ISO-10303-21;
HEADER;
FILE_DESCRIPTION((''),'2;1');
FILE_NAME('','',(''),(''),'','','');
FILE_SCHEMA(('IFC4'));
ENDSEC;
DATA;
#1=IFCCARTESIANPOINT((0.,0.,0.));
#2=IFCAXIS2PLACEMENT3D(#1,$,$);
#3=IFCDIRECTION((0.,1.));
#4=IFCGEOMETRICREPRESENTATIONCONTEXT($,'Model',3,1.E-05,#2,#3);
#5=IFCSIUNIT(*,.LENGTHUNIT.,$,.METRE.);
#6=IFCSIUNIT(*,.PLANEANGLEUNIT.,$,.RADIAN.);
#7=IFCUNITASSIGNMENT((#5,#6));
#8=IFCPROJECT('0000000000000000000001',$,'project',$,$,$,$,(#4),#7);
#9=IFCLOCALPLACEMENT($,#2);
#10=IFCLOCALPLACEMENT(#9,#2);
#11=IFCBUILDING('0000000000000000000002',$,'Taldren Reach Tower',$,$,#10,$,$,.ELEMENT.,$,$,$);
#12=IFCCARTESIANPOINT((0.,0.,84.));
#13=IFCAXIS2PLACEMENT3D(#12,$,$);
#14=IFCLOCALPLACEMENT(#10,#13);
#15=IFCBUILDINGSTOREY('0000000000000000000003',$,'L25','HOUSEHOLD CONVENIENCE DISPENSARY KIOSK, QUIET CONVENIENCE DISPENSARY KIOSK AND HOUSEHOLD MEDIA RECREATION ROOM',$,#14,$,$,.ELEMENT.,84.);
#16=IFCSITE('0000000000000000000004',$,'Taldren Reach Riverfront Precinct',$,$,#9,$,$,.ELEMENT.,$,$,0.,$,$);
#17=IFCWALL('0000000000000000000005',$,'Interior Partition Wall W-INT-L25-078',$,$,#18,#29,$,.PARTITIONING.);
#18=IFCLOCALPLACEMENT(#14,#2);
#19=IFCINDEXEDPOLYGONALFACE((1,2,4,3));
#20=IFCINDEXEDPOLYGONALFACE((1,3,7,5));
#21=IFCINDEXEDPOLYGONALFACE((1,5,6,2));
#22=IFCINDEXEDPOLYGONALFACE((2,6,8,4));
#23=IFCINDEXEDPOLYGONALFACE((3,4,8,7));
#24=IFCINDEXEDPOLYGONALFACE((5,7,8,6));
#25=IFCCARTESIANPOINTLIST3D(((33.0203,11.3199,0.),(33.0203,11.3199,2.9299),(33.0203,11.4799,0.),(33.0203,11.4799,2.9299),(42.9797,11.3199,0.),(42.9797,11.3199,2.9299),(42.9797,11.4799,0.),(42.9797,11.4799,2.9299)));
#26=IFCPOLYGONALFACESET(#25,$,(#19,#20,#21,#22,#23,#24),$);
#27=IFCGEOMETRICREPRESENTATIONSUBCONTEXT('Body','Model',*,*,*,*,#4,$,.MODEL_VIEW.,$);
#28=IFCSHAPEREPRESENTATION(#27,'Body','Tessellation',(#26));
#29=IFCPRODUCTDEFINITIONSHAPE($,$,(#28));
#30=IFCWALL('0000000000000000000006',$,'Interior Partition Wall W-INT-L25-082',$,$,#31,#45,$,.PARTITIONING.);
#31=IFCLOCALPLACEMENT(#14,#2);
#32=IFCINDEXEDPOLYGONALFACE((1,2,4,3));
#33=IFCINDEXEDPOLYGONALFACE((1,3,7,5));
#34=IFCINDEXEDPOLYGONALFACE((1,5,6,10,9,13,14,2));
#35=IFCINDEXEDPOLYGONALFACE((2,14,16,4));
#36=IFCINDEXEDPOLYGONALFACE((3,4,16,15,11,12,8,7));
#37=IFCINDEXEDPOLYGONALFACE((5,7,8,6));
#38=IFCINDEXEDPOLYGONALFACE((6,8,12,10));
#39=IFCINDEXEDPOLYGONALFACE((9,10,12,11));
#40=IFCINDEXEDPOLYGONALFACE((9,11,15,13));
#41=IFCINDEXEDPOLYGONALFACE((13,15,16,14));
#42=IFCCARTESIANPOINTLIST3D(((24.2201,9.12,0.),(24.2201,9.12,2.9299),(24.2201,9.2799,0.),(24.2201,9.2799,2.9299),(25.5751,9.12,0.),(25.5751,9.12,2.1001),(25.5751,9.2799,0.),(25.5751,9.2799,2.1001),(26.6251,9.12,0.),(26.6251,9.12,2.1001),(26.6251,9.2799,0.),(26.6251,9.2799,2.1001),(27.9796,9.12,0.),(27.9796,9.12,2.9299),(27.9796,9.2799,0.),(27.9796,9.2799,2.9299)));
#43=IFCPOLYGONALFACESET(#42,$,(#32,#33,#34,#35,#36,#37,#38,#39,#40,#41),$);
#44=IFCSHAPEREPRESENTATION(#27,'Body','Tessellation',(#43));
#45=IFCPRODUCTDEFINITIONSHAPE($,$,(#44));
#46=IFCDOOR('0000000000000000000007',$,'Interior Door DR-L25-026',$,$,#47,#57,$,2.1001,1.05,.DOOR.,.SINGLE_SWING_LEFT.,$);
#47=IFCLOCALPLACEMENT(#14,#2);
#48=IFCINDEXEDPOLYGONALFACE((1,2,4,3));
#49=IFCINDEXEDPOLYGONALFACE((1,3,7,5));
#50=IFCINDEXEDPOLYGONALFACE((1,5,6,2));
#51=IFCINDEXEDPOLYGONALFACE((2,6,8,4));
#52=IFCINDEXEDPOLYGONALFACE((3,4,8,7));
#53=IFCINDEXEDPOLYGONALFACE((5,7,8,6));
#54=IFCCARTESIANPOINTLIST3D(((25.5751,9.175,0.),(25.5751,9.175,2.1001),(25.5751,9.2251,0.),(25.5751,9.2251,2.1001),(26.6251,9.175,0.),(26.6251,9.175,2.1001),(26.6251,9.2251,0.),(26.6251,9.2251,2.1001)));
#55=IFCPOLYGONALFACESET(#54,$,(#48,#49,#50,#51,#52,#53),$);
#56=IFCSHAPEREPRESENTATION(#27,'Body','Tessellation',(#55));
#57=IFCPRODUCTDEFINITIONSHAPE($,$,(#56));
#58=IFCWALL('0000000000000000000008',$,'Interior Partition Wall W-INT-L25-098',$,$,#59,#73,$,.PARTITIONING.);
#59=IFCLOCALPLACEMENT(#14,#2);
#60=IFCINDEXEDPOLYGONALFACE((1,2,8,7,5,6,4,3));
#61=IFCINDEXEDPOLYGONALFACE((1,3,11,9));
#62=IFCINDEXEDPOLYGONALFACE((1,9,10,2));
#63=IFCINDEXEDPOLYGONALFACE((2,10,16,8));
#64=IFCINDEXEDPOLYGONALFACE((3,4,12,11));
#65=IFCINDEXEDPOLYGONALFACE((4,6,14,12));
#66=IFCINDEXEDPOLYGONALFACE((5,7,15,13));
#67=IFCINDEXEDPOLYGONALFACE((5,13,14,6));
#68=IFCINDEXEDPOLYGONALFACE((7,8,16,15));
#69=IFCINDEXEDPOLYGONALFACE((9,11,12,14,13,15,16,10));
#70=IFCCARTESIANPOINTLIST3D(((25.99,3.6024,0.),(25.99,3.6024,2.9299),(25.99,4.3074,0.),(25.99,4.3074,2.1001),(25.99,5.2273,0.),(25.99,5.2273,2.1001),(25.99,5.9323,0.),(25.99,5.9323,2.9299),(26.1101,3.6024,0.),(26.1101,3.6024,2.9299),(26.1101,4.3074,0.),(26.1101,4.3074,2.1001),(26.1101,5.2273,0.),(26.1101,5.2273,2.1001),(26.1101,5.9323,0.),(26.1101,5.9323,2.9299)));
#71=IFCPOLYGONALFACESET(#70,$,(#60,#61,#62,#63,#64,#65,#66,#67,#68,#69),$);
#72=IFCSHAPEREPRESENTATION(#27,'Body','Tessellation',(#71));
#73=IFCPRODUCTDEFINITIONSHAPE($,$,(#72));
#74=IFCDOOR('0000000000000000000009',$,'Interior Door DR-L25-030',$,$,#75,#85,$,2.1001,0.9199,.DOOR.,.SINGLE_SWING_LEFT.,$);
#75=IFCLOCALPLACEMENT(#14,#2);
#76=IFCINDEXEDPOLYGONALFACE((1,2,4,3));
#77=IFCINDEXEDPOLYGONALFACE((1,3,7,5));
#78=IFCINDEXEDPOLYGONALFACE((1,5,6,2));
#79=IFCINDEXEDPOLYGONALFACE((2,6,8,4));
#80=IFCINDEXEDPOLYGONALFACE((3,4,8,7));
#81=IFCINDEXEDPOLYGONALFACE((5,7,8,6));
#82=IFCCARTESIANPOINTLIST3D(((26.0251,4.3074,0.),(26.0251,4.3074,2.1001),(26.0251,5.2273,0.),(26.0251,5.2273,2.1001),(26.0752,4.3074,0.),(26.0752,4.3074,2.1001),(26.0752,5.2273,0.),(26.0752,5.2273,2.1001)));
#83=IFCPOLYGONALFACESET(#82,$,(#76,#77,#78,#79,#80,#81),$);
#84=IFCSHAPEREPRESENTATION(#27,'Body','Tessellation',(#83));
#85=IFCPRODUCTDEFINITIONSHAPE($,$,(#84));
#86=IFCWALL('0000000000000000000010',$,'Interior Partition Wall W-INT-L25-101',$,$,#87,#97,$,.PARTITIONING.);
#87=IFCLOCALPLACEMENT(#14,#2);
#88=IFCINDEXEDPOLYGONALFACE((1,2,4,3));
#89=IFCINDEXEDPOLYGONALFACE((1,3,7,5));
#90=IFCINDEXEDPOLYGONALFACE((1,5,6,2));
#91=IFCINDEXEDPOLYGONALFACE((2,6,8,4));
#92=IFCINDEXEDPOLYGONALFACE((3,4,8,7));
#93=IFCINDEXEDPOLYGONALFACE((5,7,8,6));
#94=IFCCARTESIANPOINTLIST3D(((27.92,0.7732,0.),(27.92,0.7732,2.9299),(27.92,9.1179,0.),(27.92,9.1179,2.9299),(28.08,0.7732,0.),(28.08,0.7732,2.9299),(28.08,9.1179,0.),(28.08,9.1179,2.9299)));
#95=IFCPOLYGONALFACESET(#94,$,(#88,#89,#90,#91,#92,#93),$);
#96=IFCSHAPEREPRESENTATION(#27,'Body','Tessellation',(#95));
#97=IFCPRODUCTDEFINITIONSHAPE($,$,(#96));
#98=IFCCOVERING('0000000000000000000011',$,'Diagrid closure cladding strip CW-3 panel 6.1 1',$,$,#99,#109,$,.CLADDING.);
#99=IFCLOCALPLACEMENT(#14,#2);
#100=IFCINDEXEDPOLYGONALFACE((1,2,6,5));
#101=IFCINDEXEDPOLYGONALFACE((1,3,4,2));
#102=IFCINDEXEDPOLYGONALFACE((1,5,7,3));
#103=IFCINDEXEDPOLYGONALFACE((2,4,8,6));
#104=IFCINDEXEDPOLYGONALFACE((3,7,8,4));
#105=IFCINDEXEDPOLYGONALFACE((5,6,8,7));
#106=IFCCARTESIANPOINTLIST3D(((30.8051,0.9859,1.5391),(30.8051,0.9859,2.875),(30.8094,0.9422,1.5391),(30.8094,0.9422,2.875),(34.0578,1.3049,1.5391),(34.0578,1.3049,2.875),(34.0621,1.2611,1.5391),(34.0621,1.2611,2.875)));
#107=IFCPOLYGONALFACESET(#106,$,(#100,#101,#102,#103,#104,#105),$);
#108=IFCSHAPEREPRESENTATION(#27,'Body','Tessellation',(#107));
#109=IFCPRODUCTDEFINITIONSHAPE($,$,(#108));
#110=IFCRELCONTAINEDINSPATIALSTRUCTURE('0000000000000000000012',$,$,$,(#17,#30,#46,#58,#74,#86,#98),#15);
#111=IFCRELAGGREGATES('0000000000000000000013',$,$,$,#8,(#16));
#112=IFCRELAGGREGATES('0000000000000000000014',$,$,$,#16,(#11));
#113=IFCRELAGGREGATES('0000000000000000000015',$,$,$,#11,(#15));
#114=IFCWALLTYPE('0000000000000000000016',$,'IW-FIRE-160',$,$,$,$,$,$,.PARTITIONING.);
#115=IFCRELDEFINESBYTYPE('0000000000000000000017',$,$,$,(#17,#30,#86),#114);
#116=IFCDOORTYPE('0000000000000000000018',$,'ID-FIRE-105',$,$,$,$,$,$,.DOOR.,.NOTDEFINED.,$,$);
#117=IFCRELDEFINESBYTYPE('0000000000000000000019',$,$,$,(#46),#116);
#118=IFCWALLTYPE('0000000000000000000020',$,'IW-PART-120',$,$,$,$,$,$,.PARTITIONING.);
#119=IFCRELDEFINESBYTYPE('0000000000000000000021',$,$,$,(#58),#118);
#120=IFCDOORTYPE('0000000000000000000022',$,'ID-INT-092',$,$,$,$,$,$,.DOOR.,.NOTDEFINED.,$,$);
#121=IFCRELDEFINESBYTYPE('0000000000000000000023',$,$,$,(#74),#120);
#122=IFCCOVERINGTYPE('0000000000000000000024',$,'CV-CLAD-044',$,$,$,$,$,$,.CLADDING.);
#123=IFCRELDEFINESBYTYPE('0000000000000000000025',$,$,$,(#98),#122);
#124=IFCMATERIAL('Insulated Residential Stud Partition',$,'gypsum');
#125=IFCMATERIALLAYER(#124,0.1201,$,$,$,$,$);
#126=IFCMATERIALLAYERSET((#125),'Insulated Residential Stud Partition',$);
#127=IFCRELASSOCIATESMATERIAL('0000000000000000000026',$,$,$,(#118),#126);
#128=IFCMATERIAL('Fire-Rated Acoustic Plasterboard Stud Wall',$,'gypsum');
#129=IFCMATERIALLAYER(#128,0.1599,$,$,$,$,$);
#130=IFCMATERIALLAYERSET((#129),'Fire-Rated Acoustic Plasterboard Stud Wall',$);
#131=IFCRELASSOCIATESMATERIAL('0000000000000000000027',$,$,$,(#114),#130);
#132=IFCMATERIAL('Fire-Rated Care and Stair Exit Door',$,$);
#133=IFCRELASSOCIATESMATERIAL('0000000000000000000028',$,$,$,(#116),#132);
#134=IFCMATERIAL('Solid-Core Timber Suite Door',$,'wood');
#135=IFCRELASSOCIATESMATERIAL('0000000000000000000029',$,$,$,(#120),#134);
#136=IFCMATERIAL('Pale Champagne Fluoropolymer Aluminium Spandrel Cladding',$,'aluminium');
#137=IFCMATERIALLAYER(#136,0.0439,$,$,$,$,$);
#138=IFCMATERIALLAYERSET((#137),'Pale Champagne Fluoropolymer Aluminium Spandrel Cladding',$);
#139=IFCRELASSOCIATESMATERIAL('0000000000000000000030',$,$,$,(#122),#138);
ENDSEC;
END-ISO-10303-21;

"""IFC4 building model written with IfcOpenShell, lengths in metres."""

from ifc_helpers import new_model, si_unit, direction, frame, frame_2d, origin, origin_2d, place, context, subcontext, project, spatial, rectangle, extrude, source, transform, mapped, material, layer, layer_set, type_object, element, fill, save


model = new_model("IFC4")

# Units and contexts
model_context = context("Model", 3, precision=1e-05, world=origin(), true_north=direction((0.0, 1.0)))
body_context = subcontext(model_context, "Body", "Model", "MODEL_VIEW")
ifc_project = project(units=[si_unit("LENGTHUNIT", "METRE"), si_unit("PLANEANGLEUNIT", "RADIAN")], contexts=[model_context])

# Site, building, storey
site_placement = place(None, origin())
site = spatial("IfcSite", under=ifc_project, at=site_placement, Name="Taldren Reach Riverfront Precinct", CompositionType="ELEMENT", RefElevation=0.0)
building_placement = place(site_placement, origin())
building = spatial("IfcBuilding", under=site, at=building_placement, Name="Taldren Reach Tower", CompositionType="ELEMENT")
storey_placement = place(building_placement, frame((0.0, 0.0, 84.0)))
storey = spatial("IfcBuildingStorey", under=building, at=storey_placement, Name="L25", Description="HOUSEHOLD CONVENIENCE DISPENSARY KIOSK, QUIET CONVENIENCE DISPENSARY KIOSK AND HOUSEHOLD MEDIA RECREATION ROOM", CompositionType="ELEMENT", Elevation=84.0)

# Wall
ifc_material_1 = material(Name="Insulated Residential Stud Partition", Category="gypsum")
ifc_layer_1 = layer(ifc_material_1, 0.1201)
ifc_layer_set_1 = layer_set([ifc_layer_1], Name="Insulated Residential Stud Partition")
wall_type_1 = type_object("IfcWallType", Name="IW-PART-120", PredefinedType="PARTITIONING", material=ifc_layer_set_1)
ifc_material_2 = material(Name="Fire-Rated Acoustic Plasterboard Stud Wall", Category="gypsum")
ifc_layer_2 = layer(ifc_material_2, 0.1599)
ifc_layer_set_2 = layer_set([ifc_layer_2], Name="Fire-Rated Acoustic Plasterboard Stud Wall")
wall_type_2 = type_object("IfcWallType", Name="IW-FIRE-160", PredefinedType="PARTITIONING", material=ifc_layer_set_2)
shared_shape_1 = source(origin(), body_context, "Body", "SweptSolid", [
    extrude(rectangle(XDim=9.9595, YDim=0.1599, at=frame_2d((4.9797, 0.0))), origin(), (0.0, 0.0, 1.0), 2.9299),
])
wall_1_placement = place(storey_placement, frame((33.0203, 11.3999, 0.0), z_axis=(0.0, 0.0, 1.0), x_axis=(1.0, 0.0, 0.0)))
element("IfcWall", 1, at=wall_1_placement, inside=storey, type_object=wall_type_2, Name="Interior Partition Wall W-INT-L25-078", PredefinedType="PARTITIONING", context=body_context, shape_type="MappedRepresentation", body=[
    mapped(shared_shape_1, transform((0.0, 0.0, 0.0), scale=1.0)),
])

# Walls, openings, doors
shared_shape_2 = source(origin(), body_context, "Body", "SweptSolid", [
    extrude(rectangle(XDim=3.7595, YDim=0.1599, at=frame_2d((1.8799, 0.0))), origin(), (0.0, 0.0, 1.0), 2.9299),
])
wall_2_placement = place(storey_placement, frame((27.9797, 9.2, 0.0), z_axis=(0.0, 0.0, 1.0), x_axis=(-1.0, 0.0, 0.0)))
wall_2 = element("IfcWall", 2, at=wall_2_placement, inside=storey, type_object=wall_type_2, Name="Interior Partition Wall W-INT-L25-082", PredefinedType="PARTITIONING", context=body_context, shape_type="MappedRepresentation", body=[
    mapped(shared_shape_2, transform((0.0, 0.0, 0.0), scale=1.0)),
])
shared_shape_3 = source(origin(), body_context, "Body", "SweptSolid", [
    extrude(rectangle(XDim=1.05, YDim=2.1001, at=frame_2d((0.5249, 1.05))), frame((0.0, 0.0898, 0.0), z_axis=(0.0, -1.0, 0.0), x_axis=(1.0, 0.0, 0.0)), (0.0, 0.0, 1.0), 0.1799),
])
opening_1_placement = place(wall_2_placement, frame((1.3547, 0.0, 0.0)))
opening_1 = element("IfcOpeningElement", 3, at=opening_1_placement, cuts=wall_2, PredefinedType="OPENING", context=body_context, shape_type="MappedRepresentation", body=[
    mapped(shared_shape_3, transform((0.0, 0.0, 0.0), scale=1.0)),
])
ifc_material_3 = material(Name="Fire-Rated Care and Stair Exit Door")
door_type_1 = type_object("IfcDoorType", Name="ID-FIRE-105", OperationType="NOTDEFINED", PredefinedType="DOOR", material=ifc_material_3)
shared_shape_4 = source(origin(), body_context, "Body", "SweptSolid", [
    extrude(rectangle(XDim=1.05, YDim=2.1001, at=frame_2d((0.5249, 1.05))), frame((0.0, 0.0249, 0.0), z_axis=(0.0, -1.0, 0.0), x_axis=(1.0, 0.0, 0.0)), (0.0, 0.0, 1.0), 0.05),
])
door_1_placement = place(opening_1_placement, origin())
door_1 = element("IfcDoor", 4, at=door_1_placement, inside=storey, type_object=door_type_1, Name="Interior Door DR-L25-026", OperationType="SINGLE_SWING_LEFT", OverallHeight=2.1001, OverallWidth=1.05, PredefinedType="DOOR", context=body_context, shape_type="MappedRepresentation", body=[
    mapped(shared_shape_4, transform((0.0, 0.0, 0.0), scale=1.0)),
])
fill(opening_1, door_1)
shared_shape_5 = source(origin(), body_context, "Body", "SweptSolid", [
    extrude(rectangle(XDim=2.3298, YDim=0.1201, at=frame_2d((1.165, 0.0))), origin(), (0.0, 0.0, 1.0), 2.9299),
])
wall_3_placement = place(storey_placement, frame((26.05, 3.6023, 0.0), z_axis=(0.0, 0.0, 1.0), x_axis=(0.0, 1.0, 0.0)))
wall_3 = element("IfcWall", 5, at=wall_3_placement, inside=storey, type_object=wall_type_1, Name="Interior Partition Wall W-INT-L25-098", PredefinedType="PARTITIONING", context=body_context, shape_type="MappedRepresentation", body=[
    mapped(shared_shape_5, transform((0.0, 0.0, 0.0), scale=1.0)),
])
shared_shape_6 = source(origin(), body_context, "Body", "SweptSolid", [
    extrude(rectangle(XDim=0.9199, YDim=2.1001, at=frame_2d((0.46, 1.05))), frame((0.0, 0.0701, 0.0), z_axis=(0.0, -1.0, 0.0), x_axis=(1.0, 0.0, 0.0)), (0.0, 0.0, 1.0), 0.1401),
])
opening_2_placement = place(wall_3_placement, frame((0.7051, 0.0, 0.0)))
opening_2 = element("IfcOpeningElement", 6, at=opening_2_placement, cuts=wall_3, PredefinedType="OPENING", context=body_context, shape_type="MappedRepresentation", body=[
    mapped(shared_shape_6, transform((0.0, 0.0, 0.0), scale=1.0)),
])
ifc_material_4 = material(Name="Solid-Core Timber Suite Door", Category="wood")
door_type_2 = type_object("IfcDoorType", Name="ID-INT-092", OperationType="NOTDEFINED", PredefinedType="DOOR", material=ifc_material_4)
shared_shape_7 = source(origin(), body_context, "Body", "SweptSolid", [
    extrude(rectangle(XDim=0.9199, YDim=2.1001, at=frame_2d((0.46, 1.05))), frame((0.0, 0.0249, 0.0), z_axis=(0.0, -1.0, 0.0), x_axis=(1.0, 0.0, 0.0)), (0.0, 0.0, 1.0), 0.05),
])
door_2_placement = place(opening_2_placement, origin())
door_2 = element("IfcDoor", 7, at=door_2_placement, inside=storey, type_object=door_type_2, Name="Interior Door DR-L25-030", OperationType="SINGLE_SWING_LEFT", OverallHeight=2.1001, OverallWidth=0.9199, PredefinedType="DOOR", context=body_context, shape_type="MappedRepresentation", body=[
    mapped(shared_shape_7, transform((0.0, 0.0, 0.0), scale=1.0)),
])
fill(opening_2, door_2)

# Wall
shared_shape_8 = source(origin(), body_context, "Body", "SweptSolid", [
    extrude(rectangle(XDim=8.3447, YDim=0.1599, at=frame_2d((4.1724, 0.0))), origin(), (0.0, 0.0, 1.0), 2.9299),
])
wall_4_placement = place(storey_placement, frame((28.0, 9.1179, 0.0), z_axis=(0.0, 0.0, 1.0), x_axis=(0.0, -1.0, 0.0)))
element("IfcWall", 8, at=wall_4_placement, inside=storey, type_object=wall_type_2, Name="Interior Partition Wall W-INT-L25-101", PredefinedType="PARTITIONING", context=body_context, shape_type="MappedRepresentation", body=[
    mapped(shared_shape_8, transform((0.0, 0.0, 0.0), scale=1.0)),
])

# Covering
ifc_material_5 = material(Name="Pale Champagne Fluoropolymer Aluminium Spandrel Cladding", Category="aluminium")
ifc_layer_3 = layer(ifc_material_5, 0.0439)
ifc_layer_set_3 = layer_set([ifc_layer_3], Name="Pale Champagne Fluoropolymer Aluminium Spandrel Cladding")
covering_type = type_object("IfcCoveringType", Name="CV-CLAD-044", PredefinedType="CLADDING", material=ifc_layer_set_3)
shared_shape_9 = source(origin(), body_context, "Body", "SweptSolid", [
    extrude(rectangle(XDim=3.2683, YDim=0.0439, at=origin_2d()), origin(), (0.0, 0.0, 1.0), 1.3359),
])
covering_placement = place(storey_placement, frame((32.4336, 1.1235, 1.5391), z_axis=(0.0, 0.0, 1.0), x_axis=(0.995227, 0.097583, 0.0)))
element("IfcCovering", 9, at=covering_placement, inside=storey, type_object=covering_type, Name="Diagrid closure cladding strip CW-3 panel 6.1 1", PredefinedType="CLADDING", context=body_context, shape_type="MappedRepresentation", body=[
    mapped(shared_shape_9, transform((0.0, 0.0, 0.0), scale=1.0)),
])

save(model, "model.ifc")
